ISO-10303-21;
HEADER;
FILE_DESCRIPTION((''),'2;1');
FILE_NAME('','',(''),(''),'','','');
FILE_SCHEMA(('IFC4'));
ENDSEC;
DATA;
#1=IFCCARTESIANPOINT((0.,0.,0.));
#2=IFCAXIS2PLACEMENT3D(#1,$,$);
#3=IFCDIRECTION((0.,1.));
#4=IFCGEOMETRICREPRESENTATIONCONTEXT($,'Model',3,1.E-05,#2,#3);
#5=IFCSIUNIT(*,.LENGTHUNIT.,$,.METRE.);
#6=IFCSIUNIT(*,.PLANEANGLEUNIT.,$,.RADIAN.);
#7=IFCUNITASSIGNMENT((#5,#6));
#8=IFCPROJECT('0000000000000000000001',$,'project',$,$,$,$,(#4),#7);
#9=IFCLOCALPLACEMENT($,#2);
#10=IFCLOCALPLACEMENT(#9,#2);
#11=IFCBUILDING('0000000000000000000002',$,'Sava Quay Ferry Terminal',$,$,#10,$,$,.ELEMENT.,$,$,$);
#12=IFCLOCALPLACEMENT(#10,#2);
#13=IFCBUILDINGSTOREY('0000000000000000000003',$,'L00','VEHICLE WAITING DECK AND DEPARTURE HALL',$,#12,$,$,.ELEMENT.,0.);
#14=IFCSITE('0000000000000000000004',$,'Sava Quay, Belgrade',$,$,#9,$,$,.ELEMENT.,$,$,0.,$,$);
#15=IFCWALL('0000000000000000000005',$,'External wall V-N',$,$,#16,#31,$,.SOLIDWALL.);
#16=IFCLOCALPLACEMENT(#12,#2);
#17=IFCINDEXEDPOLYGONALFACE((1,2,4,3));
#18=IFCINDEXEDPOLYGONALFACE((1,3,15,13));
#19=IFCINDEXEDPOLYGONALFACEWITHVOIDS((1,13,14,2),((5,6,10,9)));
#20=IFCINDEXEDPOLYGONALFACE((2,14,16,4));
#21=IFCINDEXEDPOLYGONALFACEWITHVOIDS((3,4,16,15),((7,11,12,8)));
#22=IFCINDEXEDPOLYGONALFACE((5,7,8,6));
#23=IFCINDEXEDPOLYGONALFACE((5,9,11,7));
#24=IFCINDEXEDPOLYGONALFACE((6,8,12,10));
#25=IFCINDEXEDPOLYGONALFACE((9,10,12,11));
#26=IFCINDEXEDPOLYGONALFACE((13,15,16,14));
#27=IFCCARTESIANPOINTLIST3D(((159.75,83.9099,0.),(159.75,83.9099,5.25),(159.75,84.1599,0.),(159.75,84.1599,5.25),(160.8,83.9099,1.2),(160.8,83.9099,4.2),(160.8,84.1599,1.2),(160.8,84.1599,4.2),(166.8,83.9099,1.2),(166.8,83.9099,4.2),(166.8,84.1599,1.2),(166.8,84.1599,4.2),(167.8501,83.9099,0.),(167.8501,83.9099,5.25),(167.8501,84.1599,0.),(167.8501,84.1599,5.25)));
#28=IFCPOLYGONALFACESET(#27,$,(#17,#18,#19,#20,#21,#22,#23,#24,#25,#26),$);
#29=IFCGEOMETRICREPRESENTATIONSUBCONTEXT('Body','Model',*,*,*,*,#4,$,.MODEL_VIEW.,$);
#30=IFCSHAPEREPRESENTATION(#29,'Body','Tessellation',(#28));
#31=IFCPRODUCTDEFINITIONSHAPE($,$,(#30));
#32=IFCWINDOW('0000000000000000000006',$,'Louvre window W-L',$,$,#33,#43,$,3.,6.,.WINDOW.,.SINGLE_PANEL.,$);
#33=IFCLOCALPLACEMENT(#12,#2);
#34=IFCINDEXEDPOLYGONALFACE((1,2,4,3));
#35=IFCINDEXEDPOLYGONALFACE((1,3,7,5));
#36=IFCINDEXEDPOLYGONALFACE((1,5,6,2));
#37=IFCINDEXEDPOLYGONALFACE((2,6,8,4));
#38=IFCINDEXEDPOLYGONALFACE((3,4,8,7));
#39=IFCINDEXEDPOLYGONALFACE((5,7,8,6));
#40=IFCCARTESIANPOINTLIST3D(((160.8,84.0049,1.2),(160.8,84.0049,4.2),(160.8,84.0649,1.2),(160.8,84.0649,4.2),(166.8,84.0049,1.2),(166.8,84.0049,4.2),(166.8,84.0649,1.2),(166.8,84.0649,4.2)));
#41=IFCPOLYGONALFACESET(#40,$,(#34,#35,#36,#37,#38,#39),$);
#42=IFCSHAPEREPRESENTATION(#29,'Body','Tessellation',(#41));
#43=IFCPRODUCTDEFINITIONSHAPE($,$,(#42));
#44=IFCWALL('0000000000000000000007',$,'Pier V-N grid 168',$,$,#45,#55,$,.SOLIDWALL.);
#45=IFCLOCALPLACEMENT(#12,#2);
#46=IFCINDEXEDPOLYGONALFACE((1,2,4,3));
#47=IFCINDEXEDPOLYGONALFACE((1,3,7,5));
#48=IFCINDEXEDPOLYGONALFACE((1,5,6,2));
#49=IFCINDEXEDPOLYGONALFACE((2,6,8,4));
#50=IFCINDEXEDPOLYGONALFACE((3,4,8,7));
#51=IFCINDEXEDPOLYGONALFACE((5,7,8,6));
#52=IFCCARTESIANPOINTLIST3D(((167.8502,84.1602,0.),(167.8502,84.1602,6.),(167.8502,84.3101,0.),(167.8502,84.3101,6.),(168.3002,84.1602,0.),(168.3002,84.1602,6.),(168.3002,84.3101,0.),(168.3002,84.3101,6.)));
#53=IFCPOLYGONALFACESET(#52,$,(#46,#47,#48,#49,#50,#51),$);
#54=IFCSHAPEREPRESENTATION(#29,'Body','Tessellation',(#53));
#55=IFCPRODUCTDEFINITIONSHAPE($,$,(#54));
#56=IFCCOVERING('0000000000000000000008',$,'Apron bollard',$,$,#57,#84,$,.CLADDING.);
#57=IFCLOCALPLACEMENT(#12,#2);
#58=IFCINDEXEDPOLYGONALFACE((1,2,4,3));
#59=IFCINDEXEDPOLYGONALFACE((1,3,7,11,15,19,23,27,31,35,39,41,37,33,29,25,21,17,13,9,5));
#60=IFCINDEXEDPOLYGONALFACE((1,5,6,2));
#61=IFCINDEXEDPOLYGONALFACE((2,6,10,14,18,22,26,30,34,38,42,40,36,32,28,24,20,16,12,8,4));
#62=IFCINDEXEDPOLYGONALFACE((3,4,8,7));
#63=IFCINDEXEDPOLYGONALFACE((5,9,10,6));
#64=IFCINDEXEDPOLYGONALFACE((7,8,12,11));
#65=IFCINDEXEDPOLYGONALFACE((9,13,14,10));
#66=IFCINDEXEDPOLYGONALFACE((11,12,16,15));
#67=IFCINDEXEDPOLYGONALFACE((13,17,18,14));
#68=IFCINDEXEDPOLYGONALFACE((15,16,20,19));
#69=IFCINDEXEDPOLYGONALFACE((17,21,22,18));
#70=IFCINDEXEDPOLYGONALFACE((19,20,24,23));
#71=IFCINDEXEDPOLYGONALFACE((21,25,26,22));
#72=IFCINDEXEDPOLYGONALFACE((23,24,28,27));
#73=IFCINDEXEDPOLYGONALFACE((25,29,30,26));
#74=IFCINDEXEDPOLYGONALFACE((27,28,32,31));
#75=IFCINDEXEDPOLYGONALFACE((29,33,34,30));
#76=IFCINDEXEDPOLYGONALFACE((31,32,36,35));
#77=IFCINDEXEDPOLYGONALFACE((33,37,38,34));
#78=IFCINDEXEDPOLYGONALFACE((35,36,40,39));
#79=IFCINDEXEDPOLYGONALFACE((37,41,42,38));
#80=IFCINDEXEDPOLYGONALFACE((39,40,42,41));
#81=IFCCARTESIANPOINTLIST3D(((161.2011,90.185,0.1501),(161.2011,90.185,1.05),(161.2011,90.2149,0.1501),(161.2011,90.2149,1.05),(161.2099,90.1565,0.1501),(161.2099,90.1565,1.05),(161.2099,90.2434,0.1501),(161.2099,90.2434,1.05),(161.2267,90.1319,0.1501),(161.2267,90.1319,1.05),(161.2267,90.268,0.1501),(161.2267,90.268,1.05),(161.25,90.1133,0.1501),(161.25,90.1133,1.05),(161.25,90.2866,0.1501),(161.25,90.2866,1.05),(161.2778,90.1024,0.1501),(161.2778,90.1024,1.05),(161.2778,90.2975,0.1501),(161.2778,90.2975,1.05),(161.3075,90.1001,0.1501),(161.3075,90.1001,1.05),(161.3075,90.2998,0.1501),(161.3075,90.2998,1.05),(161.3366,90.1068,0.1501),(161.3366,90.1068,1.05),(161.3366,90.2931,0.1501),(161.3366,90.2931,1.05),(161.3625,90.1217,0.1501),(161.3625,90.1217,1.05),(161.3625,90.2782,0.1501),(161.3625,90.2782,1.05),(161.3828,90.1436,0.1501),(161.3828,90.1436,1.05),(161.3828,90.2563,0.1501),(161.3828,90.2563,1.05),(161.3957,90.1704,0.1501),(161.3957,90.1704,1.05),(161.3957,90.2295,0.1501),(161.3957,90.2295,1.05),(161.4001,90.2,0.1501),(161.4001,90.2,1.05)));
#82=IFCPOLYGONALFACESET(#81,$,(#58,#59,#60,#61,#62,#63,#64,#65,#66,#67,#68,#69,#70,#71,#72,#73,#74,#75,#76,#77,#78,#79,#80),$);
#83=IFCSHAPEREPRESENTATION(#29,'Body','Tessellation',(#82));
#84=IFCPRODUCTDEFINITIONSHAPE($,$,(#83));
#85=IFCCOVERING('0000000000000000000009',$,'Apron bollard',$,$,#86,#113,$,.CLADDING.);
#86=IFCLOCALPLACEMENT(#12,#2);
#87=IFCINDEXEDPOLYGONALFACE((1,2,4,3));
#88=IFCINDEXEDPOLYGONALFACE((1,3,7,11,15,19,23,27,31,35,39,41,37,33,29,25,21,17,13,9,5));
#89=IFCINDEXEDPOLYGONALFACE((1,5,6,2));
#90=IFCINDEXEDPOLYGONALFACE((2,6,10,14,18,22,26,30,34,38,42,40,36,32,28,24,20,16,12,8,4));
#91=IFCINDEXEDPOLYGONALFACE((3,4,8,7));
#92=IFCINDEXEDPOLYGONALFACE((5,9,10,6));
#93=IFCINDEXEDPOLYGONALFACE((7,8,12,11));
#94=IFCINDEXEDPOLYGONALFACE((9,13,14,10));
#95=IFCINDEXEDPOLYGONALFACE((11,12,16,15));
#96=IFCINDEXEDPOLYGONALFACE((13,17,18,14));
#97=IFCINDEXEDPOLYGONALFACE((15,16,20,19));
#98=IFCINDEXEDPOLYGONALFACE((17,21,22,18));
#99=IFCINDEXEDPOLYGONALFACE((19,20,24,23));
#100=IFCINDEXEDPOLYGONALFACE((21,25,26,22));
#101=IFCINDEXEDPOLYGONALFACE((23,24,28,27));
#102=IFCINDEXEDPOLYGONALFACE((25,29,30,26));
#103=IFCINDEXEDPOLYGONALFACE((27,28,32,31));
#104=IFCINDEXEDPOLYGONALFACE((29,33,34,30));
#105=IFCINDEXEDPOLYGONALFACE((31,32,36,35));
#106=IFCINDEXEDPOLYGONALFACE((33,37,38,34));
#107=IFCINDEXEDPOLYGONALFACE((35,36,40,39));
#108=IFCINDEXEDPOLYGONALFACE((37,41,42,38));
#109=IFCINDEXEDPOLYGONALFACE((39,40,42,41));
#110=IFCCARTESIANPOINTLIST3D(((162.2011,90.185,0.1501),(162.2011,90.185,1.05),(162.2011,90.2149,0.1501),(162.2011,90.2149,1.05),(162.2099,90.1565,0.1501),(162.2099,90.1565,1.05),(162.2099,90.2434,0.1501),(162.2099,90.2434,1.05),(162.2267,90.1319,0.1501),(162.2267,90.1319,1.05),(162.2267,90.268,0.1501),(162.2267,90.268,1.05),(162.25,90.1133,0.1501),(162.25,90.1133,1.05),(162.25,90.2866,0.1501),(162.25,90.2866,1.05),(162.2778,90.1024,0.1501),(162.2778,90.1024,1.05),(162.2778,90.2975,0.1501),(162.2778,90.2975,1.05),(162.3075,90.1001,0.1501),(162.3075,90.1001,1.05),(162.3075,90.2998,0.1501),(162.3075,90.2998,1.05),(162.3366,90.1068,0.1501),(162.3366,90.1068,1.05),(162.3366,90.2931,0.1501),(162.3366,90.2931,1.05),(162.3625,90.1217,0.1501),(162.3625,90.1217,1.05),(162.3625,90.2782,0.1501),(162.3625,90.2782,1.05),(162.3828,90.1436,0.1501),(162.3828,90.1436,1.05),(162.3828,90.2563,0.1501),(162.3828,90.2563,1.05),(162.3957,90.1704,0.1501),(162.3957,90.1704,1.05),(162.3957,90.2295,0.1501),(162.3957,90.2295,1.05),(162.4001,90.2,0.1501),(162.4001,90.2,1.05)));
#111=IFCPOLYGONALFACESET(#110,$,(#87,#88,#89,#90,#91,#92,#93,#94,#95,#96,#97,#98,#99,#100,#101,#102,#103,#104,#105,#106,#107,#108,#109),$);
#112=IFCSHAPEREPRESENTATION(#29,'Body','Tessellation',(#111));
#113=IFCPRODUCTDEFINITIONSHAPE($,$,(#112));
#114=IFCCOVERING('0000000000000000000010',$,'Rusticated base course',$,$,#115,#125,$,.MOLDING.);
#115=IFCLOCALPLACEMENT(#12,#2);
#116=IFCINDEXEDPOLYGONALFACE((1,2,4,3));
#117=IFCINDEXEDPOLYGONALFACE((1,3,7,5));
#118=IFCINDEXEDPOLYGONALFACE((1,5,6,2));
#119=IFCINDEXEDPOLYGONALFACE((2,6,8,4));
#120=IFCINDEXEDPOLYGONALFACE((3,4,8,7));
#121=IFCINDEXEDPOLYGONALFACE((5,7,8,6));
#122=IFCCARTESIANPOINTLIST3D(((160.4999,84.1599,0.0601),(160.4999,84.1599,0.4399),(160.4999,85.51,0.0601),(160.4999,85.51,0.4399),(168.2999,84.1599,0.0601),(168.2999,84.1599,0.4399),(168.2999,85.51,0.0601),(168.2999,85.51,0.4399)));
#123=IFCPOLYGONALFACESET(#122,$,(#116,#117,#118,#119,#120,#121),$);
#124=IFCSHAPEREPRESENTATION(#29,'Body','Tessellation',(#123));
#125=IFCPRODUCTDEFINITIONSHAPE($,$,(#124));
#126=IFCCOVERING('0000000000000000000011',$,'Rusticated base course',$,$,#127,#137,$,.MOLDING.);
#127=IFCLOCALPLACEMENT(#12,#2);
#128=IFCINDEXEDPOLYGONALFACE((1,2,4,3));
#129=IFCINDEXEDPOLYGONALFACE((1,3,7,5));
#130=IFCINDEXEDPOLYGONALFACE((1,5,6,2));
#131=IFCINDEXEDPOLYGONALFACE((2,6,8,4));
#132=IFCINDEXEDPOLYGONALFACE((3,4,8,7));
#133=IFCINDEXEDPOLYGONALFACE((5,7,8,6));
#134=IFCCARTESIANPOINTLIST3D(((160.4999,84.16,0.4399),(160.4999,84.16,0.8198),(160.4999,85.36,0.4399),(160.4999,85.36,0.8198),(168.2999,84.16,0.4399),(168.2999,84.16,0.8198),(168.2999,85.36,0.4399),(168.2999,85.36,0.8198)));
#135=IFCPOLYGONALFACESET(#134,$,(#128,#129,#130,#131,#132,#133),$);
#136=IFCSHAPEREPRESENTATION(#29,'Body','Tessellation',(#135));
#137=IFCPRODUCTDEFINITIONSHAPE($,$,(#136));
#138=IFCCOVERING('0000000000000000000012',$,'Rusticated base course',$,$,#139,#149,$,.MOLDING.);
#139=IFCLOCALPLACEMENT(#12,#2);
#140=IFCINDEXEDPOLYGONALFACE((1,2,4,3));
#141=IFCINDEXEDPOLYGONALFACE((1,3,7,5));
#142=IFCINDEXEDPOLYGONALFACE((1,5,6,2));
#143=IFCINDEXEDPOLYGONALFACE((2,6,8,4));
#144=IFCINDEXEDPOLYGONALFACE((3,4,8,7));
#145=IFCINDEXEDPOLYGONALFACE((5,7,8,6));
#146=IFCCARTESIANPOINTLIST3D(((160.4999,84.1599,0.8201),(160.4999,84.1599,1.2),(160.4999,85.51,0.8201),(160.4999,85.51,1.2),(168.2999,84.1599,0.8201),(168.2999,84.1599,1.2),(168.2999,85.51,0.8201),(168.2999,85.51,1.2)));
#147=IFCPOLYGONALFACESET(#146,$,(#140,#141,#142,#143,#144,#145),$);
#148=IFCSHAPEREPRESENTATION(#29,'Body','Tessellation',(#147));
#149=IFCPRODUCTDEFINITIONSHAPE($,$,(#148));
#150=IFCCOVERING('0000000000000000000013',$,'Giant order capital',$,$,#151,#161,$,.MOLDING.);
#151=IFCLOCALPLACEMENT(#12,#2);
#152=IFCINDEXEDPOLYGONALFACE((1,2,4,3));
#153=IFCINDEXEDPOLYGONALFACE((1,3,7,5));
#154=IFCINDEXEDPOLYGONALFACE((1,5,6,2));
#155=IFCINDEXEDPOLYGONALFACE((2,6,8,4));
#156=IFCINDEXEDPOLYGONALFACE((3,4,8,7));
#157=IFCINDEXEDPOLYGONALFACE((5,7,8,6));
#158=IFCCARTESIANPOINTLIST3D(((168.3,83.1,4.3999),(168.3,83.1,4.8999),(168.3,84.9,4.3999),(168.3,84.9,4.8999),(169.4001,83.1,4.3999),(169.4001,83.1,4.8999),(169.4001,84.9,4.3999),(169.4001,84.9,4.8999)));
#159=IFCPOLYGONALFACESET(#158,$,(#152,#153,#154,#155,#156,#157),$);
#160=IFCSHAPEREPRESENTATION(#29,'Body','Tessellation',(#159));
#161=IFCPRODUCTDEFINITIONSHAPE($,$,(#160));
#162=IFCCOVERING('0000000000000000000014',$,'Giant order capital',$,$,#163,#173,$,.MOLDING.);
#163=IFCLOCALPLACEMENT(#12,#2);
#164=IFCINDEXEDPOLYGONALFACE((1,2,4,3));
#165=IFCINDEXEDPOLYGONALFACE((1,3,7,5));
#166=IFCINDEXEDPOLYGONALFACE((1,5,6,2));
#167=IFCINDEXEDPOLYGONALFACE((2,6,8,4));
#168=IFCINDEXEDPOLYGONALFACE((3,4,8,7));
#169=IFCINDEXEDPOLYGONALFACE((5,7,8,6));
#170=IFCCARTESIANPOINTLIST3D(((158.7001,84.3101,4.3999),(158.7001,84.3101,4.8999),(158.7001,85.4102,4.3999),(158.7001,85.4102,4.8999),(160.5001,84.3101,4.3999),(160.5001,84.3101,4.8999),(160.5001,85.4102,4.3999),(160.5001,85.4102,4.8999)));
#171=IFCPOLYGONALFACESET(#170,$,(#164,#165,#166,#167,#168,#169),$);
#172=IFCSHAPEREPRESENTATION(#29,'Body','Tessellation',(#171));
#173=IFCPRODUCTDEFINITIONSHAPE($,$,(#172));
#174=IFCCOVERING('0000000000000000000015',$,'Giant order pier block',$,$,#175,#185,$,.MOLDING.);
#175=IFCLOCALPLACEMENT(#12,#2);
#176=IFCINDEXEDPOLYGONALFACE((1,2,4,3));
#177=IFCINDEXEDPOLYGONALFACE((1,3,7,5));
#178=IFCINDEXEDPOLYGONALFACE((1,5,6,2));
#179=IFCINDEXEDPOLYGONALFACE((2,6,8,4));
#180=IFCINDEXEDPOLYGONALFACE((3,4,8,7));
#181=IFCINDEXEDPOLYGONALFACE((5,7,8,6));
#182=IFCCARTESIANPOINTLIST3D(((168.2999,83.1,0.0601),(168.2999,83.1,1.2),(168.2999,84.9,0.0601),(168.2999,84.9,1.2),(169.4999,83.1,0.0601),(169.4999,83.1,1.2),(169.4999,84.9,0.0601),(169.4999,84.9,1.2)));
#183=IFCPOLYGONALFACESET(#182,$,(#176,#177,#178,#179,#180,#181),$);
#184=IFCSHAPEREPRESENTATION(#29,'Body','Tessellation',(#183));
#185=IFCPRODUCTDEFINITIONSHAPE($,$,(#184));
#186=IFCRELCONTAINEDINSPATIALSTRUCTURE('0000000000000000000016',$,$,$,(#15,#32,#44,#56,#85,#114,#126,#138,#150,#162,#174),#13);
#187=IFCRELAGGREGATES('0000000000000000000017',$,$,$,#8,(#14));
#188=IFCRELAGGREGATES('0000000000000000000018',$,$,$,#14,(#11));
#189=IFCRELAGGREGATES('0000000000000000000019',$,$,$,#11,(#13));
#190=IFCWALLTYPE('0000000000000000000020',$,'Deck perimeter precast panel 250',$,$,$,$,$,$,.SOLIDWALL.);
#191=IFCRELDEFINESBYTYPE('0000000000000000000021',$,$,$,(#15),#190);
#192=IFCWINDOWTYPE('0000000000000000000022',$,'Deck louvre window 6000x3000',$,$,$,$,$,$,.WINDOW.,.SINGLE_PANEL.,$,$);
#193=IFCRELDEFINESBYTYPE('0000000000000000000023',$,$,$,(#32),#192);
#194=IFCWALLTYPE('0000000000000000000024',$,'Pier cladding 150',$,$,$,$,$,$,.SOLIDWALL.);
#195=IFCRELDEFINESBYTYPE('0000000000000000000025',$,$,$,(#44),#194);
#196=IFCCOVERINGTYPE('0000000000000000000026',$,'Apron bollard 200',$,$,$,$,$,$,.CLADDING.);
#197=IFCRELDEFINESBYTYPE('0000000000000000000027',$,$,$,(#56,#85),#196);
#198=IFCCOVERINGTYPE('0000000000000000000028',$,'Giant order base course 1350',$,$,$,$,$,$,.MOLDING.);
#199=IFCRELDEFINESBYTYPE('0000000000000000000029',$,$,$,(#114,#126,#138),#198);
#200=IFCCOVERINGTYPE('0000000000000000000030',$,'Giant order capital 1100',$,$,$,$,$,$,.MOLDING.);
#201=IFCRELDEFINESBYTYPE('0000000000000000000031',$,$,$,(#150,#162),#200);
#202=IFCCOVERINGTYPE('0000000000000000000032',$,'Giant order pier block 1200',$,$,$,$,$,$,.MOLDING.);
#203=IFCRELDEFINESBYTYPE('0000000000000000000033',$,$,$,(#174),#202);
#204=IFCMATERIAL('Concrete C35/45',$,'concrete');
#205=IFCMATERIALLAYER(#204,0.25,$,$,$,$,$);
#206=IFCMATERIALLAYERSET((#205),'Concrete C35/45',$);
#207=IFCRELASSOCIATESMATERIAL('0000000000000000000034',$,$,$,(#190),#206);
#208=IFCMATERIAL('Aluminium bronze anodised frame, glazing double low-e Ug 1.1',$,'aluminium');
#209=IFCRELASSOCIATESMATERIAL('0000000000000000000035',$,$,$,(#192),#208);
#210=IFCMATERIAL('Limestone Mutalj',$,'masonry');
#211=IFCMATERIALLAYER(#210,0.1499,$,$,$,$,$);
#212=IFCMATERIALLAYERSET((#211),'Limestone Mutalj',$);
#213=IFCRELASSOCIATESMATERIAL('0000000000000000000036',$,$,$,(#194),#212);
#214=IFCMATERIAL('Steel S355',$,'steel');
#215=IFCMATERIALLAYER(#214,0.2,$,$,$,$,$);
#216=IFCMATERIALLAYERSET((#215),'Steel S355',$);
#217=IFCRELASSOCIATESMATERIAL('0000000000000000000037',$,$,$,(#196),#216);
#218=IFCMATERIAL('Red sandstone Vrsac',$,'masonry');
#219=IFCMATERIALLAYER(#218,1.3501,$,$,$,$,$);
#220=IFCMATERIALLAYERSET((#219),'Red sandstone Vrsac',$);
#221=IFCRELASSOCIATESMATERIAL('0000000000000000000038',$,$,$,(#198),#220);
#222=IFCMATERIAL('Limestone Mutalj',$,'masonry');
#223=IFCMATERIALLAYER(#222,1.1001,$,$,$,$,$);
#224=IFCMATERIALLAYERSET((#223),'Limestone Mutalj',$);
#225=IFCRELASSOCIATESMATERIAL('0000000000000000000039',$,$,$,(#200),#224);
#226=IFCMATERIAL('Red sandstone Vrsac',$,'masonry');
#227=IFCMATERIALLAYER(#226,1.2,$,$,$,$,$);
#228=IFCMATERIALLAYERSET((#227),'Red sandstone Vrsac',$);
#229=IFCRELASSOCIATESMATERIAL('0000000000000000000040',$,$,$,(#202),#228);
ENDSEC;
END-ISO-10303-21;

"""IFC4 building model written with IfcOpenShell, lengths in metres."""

from ifc_helpers import new_model, si_unit, direction, frame, frame_2d, origin, origin_2d, place, context, subcontext, project, spatial, rectangle, circle, extrude, material, layer, layer_set, type_object, element, fill, save


model = new_model("IFC4")

# Units and contexts
model_context = context("Model", 3, precision=1e-05, world=origin(), true_north=direction((0.0, 1.0)))
body_context = subcontext(model_context, "Body", "Model", "MODEL_VIEW")
ifc_project = project(units=[si_unit("LENGTHUNIT", "METRE"), si_unit("PLANEANGLEUNIT", "RADIAN")], contexts=[model_context])

# Site, building, storey
site_placement = place(None, origin())
site = spatial("IfcSite", under=ifc_project, at=site_placement, Name="Sava Quay, Belgrade", CompositionType="ELEMENT", RefElevation=0.0)
building_placement = place(site_placement, origin())
building = spatial("IfcBuilding", under=site, at=building_placement, Name="Sava Quay Ferry Terminal", CompositionType="ELEMENT")
storey_placement = place(building_placement, origin())
storey = spatial("IfcBuildingStorey", under=building, at=storey_placement, Name="L00", Description="VEHICLE WAITING DECK AND DEPARTURE HALL", CompositionType="ELEMENT", Elevation=0.0)

# Wall, opening, window
ifc_material_1 = material(Name="Concrete C35/45", Category="concrete")
ifc_layer_1 = layer(ifc_material_1, 0.25)
ifc_layer_set_1 = layer_set([ifc_layer_1], Name="Concrete C35/45")
wall_type_1 = type_object("IfcWallType", Name="Deck perimeter precast panel 250", PredefinedType="SOLIDWALL", material=ifc_layer_set_1)
wall_1_placement = place(storey_placement, frame((159.75, 84.0349, 0.0), z_axis=(0.0, 0.0, 1.0), x_axis=(1.0, 0.0, 0.0)))
wall_1 = element("IfcWall", 1, at=wall_1_placement, inside=storey, type_object=wall_type_1, Name="External wall V-N", PredefinedType="SOLIDWALL", context=body_context, shape_type="SweptSolid", body=[
    extrude(rectangle(XDim=8.1001, YDim=0.25, at=frame_2d((4.05, 0.0))), origin(), (0.0, 0.0, 1.0), 5.25),
])
opening_placement = place(wall_1_placement, frame((1.05, 0.0, 1.2)))
opening = element("IfcOpeningElement", 2, at=opening_placement, cuts=wall_1, PredefinedType="OPENING", context=body_context, shape_type="SweptSolid", body=[
    extrude(rectangle(XDim=6.0, YDim=3.0, at=frame_2d((3.0, 1.5))), frame((0.0, 0.125, 0.0), z_axis=(0.0, -1.0, 0.0), x_axis=(1.0, 0.0, 0.0)), (0.0, 0.0, 1.0), 0.25),
])
ifc_material_2 = material(Name="Aluminium bronze anodised frame, glazing double low-e Ug 1.1", Category="aluminium")
window_type = type_object("IfcWindowType", Name="Deck louvre window 6000x3000", PartitioningType="SINGLE_PANEL", PredefinedType="WINDOW", material=ifc_material_2)
window_placement = place(opening_placement, origin())
window = element("IfcWindow", 3, at=window_placement, inside=storey, type_object=window_type, Name="Louvre window W-L", OverallHeight=3.0, OverallWidth=6.0, PartitioningType="SINGLE_PANEL", PredefinedType="WINDOW", context=body_context, shape_type="SweptSolid", body=[
    extrude(rectangle(XDim=6.0, YDim=3.0, at=frame_2d((3.0, 1.5))), frame((0.0, 0.03, 0.0), z_axis=(0.0, -1.0, 0.0), x_axis=(1.0, 0.0, 0.0)), (0.0, 0.0, 1.0), 0.0601),
])
fill(opening, window)

# Wall
ifc_material_3 = material(Name="Limestone Mutalj", Category="masonry")
ifc_layer_2 = layer(ifc_material_3, 0.1499)
ifc_layer_set_2 = layer_set([ifc_layer_2], Name="Limestone Mutalj")
wall_type_2 = type_object("IfcWallType", Name="Pier cladding 150", PredefinedType="SOLIDWALL", material=ifc_layer_set_2)
wall_2_placement = place(storey_placement, frame((167.8501, 84.2351, 0.0), z_axis=(0.0, 0.0, 1.0), x_axis=(1.0, 0.0, 0.0)))
element("IfcWall", 4, at=wall_2_placement, inside=storey, type_object=wall_type_2, Name="Pier V-N grid 168", PredefinedType="SOLIDWALL", context=body_context, shape_type="SweptSolid", body=[
    extrude(rectangle(XDim=0.45, YDim=0.1499, at=frame_2d((0.2251, 0.0))), origin(), (0.0, 0.0, 1.0), 6.0),
])

# Coverings
ifc_material_4 = material(Name="Steel S355", Category="steel")
ifc_layer_3 = layer(ifc_material_4, 0.2)
ifc_layer_set_3 = layer_set([ifc_layer_3], Name="Steel S355")
covering_type_1 = type_object("IfcCoveringType", Name="Apron bollard 200", PredefinedType="CLADDING", material=ifc_layer_set_3)
for number, where, z_axis, x_axis, name in (
    (5, (161.3, 90.2, 1.05), (0.0, 0.0, -1.0), (1.0, 0.0, 0.0), "Apron bollard"),
    (6, (162.3, 90.2, 1.05), (0.0, 0.0, -1.0), (1.0, 0.0, 0.0), "Apron bollard"),
):
    element("IfcCovering", number, at=place(storey_placement, frame(where, z_axis=z_axis, x_axis=x_axis)), inside=storey, type_object=covering_type_1, Name=name, PredefinedType="CLADDING", context=body_context, shape_type="SweptSolid", body=[
        extrude(circle(Radius=0.1001, at=origin_2d()), origin(), (0.0, 0.0, 1.0), 0.8999),
    ])
ifc_material_5 = material(Name="Red sandstone Vrsac", Category="masonry")
ifc_layer_4 = layer(ifc_material_5, 1.3501)
ifc_layer_set_4 = layer_set([ifc_layer_4], Name="Red sandstone Vrsac")
covering_type_2 = type_object("IfcCoveringType", Name="Giant order base course 1350", PredefinedType="MOLDING", material=ifc_layer_set_4)
covering_1_placement = place(storey_placement, frame((164.3999, 84.835, 0.0601), z_axis=(0.0, 0.0, 1.0), x_axis=(1.0, 0.0, 0.0)))
element("IfcCovering", 7, at=covering_1_placement, inside=storey, type_object=covering_type_2, Name="Rusticated base course", PredefinedType="MOLDING", context=body_context, shape_type="SweptSolid", body=[
    extrude(rectangle(XDim=7.8, YDim=1.3501, at=origin_2d()), origin(), (0.0, 0.0, 1.0), 0.3799),
])
covering_2_placement = place(storey_placement, frame((164.3999, 84.76, 0.4399), z_axis=(0.0, 0.0, 1.0), x_axis=(1.0, 0.0, 0.0)))
element("IfcCovering", 8, at=covering_2_placement, inside=storey, type_object=covering_type_2, Name="Rusticated base course", PredefinedType="MOLDING", context=body_context, shape_type="SweptSolid", body=[
    extrude(rectangle(XDim=7.8, YDim=1.2, at=origin_2d()), origin(), (0.0, 0.0, 1.0), 0.3799),
])
covering_3_placement = place(storey_placement, frame((164.3999, 84.835, 0.8201), z_axis=(0.0, 0.0, 1.0), x_axis=(1.0, 0.0, 0.0)))
element("IfcCovering", 9, at=covering_3_placement, inside=storey, type_object=covering_type_2, Name="Rusticated base course", PredefinedType="MOLDING", context=body_context, shape_type="SweptSolid", body=[
    extrude(rectangle(XDim=7.8, YDim=1.3501, at=origin_2d()), origin(), (0.0, 0.0, 1.0), 0.3799),
])
ifc_material_6 = material(Name="Limestone Mutalj", Category="masonry")
ifc_layer_5 = layer(ifc_material_6, 1.1001)
ifc_layer_set_5 = layer_set([ifc_layer_5], Name="Limestone Mutalj")
covering_type_3 = type_object("IfcCoveringType", Name="Giant order capital 1100", PredefinedType="MOLDING", material=ifc_layer_set_5)
covering_4_placement = place(storey_placement, frame((168.8501, 84.0, 4.3999), z_axis=(0.0, 0.0, 1.0), x_axis=(1.0, 0.0, 0.0)))
element("IfcCovering", 10, at=covering_4_placement, inside=storey, type_object=covering_type_3, Name="Giant order capital", PredefinedType="MOLDING", context=body_context, shape_type="SweptSolid", body=[
    extrude(rectangle(XDim=1.1001, YDim=1.8, at=origin_2d()), origin(), (0.0, 0.0, 1.0), 0.5),
])
covering_5_placement = place(storey_placement, frame((159.6001, 84.8601, 4.3999), z_axis=(0.0, 0.0, 1.0), x_axis=(1.0, 0.0, 0.0)))
element("IfcCovering", 11, at=covering_5_placement, inside=storey, type_object=covering_type_3, Name="Giant order capital", PredefinedType="MOLDING", context=body_context, shape_type="SweptSolid", body=[
    extrude(rectangle(XDim=1.8, YDim=1.1001, at=origin_2d()), origin(), (0.0, 0.0, 1.0), 0.5),
])
ifc_material_7 = material(Name="Red sandstone Vrsac", Category="masonry")
ifc_layer_6 = layer(ifc_material_7, 1.2)
ifc_layer_set_6 = layer_set([ifc_layer_6], Name="Red sandstone Vrsac")
covering_type_4 = type_object("IfcCoveringType", Name="Giant order pier block 1200", PredefinedType="MOLDING", material=ifc_layer_set_6)
covering_6_placement = place(storey_placement, frame((168.8999, 84.0, 0.0601), z_axis=(0.0, 0.0, 1.0), x_axis=(1.0, 0.0, 0.0)))
element("IfcCovering", 12, at=covering_6_placement, inside=storey, type_object=covering_type_4, Name="Giant order pier block", PredefinedType="MOLDING", context=body_context, shape_type="SweptSolid", body=[
    extrude(rectangle(XDim=1.2, YDim=1.8, at=origin_2d()), origin(), (0.0, 0.0, 1.0), 1.1399),
])

save(model, "model.ifc")
